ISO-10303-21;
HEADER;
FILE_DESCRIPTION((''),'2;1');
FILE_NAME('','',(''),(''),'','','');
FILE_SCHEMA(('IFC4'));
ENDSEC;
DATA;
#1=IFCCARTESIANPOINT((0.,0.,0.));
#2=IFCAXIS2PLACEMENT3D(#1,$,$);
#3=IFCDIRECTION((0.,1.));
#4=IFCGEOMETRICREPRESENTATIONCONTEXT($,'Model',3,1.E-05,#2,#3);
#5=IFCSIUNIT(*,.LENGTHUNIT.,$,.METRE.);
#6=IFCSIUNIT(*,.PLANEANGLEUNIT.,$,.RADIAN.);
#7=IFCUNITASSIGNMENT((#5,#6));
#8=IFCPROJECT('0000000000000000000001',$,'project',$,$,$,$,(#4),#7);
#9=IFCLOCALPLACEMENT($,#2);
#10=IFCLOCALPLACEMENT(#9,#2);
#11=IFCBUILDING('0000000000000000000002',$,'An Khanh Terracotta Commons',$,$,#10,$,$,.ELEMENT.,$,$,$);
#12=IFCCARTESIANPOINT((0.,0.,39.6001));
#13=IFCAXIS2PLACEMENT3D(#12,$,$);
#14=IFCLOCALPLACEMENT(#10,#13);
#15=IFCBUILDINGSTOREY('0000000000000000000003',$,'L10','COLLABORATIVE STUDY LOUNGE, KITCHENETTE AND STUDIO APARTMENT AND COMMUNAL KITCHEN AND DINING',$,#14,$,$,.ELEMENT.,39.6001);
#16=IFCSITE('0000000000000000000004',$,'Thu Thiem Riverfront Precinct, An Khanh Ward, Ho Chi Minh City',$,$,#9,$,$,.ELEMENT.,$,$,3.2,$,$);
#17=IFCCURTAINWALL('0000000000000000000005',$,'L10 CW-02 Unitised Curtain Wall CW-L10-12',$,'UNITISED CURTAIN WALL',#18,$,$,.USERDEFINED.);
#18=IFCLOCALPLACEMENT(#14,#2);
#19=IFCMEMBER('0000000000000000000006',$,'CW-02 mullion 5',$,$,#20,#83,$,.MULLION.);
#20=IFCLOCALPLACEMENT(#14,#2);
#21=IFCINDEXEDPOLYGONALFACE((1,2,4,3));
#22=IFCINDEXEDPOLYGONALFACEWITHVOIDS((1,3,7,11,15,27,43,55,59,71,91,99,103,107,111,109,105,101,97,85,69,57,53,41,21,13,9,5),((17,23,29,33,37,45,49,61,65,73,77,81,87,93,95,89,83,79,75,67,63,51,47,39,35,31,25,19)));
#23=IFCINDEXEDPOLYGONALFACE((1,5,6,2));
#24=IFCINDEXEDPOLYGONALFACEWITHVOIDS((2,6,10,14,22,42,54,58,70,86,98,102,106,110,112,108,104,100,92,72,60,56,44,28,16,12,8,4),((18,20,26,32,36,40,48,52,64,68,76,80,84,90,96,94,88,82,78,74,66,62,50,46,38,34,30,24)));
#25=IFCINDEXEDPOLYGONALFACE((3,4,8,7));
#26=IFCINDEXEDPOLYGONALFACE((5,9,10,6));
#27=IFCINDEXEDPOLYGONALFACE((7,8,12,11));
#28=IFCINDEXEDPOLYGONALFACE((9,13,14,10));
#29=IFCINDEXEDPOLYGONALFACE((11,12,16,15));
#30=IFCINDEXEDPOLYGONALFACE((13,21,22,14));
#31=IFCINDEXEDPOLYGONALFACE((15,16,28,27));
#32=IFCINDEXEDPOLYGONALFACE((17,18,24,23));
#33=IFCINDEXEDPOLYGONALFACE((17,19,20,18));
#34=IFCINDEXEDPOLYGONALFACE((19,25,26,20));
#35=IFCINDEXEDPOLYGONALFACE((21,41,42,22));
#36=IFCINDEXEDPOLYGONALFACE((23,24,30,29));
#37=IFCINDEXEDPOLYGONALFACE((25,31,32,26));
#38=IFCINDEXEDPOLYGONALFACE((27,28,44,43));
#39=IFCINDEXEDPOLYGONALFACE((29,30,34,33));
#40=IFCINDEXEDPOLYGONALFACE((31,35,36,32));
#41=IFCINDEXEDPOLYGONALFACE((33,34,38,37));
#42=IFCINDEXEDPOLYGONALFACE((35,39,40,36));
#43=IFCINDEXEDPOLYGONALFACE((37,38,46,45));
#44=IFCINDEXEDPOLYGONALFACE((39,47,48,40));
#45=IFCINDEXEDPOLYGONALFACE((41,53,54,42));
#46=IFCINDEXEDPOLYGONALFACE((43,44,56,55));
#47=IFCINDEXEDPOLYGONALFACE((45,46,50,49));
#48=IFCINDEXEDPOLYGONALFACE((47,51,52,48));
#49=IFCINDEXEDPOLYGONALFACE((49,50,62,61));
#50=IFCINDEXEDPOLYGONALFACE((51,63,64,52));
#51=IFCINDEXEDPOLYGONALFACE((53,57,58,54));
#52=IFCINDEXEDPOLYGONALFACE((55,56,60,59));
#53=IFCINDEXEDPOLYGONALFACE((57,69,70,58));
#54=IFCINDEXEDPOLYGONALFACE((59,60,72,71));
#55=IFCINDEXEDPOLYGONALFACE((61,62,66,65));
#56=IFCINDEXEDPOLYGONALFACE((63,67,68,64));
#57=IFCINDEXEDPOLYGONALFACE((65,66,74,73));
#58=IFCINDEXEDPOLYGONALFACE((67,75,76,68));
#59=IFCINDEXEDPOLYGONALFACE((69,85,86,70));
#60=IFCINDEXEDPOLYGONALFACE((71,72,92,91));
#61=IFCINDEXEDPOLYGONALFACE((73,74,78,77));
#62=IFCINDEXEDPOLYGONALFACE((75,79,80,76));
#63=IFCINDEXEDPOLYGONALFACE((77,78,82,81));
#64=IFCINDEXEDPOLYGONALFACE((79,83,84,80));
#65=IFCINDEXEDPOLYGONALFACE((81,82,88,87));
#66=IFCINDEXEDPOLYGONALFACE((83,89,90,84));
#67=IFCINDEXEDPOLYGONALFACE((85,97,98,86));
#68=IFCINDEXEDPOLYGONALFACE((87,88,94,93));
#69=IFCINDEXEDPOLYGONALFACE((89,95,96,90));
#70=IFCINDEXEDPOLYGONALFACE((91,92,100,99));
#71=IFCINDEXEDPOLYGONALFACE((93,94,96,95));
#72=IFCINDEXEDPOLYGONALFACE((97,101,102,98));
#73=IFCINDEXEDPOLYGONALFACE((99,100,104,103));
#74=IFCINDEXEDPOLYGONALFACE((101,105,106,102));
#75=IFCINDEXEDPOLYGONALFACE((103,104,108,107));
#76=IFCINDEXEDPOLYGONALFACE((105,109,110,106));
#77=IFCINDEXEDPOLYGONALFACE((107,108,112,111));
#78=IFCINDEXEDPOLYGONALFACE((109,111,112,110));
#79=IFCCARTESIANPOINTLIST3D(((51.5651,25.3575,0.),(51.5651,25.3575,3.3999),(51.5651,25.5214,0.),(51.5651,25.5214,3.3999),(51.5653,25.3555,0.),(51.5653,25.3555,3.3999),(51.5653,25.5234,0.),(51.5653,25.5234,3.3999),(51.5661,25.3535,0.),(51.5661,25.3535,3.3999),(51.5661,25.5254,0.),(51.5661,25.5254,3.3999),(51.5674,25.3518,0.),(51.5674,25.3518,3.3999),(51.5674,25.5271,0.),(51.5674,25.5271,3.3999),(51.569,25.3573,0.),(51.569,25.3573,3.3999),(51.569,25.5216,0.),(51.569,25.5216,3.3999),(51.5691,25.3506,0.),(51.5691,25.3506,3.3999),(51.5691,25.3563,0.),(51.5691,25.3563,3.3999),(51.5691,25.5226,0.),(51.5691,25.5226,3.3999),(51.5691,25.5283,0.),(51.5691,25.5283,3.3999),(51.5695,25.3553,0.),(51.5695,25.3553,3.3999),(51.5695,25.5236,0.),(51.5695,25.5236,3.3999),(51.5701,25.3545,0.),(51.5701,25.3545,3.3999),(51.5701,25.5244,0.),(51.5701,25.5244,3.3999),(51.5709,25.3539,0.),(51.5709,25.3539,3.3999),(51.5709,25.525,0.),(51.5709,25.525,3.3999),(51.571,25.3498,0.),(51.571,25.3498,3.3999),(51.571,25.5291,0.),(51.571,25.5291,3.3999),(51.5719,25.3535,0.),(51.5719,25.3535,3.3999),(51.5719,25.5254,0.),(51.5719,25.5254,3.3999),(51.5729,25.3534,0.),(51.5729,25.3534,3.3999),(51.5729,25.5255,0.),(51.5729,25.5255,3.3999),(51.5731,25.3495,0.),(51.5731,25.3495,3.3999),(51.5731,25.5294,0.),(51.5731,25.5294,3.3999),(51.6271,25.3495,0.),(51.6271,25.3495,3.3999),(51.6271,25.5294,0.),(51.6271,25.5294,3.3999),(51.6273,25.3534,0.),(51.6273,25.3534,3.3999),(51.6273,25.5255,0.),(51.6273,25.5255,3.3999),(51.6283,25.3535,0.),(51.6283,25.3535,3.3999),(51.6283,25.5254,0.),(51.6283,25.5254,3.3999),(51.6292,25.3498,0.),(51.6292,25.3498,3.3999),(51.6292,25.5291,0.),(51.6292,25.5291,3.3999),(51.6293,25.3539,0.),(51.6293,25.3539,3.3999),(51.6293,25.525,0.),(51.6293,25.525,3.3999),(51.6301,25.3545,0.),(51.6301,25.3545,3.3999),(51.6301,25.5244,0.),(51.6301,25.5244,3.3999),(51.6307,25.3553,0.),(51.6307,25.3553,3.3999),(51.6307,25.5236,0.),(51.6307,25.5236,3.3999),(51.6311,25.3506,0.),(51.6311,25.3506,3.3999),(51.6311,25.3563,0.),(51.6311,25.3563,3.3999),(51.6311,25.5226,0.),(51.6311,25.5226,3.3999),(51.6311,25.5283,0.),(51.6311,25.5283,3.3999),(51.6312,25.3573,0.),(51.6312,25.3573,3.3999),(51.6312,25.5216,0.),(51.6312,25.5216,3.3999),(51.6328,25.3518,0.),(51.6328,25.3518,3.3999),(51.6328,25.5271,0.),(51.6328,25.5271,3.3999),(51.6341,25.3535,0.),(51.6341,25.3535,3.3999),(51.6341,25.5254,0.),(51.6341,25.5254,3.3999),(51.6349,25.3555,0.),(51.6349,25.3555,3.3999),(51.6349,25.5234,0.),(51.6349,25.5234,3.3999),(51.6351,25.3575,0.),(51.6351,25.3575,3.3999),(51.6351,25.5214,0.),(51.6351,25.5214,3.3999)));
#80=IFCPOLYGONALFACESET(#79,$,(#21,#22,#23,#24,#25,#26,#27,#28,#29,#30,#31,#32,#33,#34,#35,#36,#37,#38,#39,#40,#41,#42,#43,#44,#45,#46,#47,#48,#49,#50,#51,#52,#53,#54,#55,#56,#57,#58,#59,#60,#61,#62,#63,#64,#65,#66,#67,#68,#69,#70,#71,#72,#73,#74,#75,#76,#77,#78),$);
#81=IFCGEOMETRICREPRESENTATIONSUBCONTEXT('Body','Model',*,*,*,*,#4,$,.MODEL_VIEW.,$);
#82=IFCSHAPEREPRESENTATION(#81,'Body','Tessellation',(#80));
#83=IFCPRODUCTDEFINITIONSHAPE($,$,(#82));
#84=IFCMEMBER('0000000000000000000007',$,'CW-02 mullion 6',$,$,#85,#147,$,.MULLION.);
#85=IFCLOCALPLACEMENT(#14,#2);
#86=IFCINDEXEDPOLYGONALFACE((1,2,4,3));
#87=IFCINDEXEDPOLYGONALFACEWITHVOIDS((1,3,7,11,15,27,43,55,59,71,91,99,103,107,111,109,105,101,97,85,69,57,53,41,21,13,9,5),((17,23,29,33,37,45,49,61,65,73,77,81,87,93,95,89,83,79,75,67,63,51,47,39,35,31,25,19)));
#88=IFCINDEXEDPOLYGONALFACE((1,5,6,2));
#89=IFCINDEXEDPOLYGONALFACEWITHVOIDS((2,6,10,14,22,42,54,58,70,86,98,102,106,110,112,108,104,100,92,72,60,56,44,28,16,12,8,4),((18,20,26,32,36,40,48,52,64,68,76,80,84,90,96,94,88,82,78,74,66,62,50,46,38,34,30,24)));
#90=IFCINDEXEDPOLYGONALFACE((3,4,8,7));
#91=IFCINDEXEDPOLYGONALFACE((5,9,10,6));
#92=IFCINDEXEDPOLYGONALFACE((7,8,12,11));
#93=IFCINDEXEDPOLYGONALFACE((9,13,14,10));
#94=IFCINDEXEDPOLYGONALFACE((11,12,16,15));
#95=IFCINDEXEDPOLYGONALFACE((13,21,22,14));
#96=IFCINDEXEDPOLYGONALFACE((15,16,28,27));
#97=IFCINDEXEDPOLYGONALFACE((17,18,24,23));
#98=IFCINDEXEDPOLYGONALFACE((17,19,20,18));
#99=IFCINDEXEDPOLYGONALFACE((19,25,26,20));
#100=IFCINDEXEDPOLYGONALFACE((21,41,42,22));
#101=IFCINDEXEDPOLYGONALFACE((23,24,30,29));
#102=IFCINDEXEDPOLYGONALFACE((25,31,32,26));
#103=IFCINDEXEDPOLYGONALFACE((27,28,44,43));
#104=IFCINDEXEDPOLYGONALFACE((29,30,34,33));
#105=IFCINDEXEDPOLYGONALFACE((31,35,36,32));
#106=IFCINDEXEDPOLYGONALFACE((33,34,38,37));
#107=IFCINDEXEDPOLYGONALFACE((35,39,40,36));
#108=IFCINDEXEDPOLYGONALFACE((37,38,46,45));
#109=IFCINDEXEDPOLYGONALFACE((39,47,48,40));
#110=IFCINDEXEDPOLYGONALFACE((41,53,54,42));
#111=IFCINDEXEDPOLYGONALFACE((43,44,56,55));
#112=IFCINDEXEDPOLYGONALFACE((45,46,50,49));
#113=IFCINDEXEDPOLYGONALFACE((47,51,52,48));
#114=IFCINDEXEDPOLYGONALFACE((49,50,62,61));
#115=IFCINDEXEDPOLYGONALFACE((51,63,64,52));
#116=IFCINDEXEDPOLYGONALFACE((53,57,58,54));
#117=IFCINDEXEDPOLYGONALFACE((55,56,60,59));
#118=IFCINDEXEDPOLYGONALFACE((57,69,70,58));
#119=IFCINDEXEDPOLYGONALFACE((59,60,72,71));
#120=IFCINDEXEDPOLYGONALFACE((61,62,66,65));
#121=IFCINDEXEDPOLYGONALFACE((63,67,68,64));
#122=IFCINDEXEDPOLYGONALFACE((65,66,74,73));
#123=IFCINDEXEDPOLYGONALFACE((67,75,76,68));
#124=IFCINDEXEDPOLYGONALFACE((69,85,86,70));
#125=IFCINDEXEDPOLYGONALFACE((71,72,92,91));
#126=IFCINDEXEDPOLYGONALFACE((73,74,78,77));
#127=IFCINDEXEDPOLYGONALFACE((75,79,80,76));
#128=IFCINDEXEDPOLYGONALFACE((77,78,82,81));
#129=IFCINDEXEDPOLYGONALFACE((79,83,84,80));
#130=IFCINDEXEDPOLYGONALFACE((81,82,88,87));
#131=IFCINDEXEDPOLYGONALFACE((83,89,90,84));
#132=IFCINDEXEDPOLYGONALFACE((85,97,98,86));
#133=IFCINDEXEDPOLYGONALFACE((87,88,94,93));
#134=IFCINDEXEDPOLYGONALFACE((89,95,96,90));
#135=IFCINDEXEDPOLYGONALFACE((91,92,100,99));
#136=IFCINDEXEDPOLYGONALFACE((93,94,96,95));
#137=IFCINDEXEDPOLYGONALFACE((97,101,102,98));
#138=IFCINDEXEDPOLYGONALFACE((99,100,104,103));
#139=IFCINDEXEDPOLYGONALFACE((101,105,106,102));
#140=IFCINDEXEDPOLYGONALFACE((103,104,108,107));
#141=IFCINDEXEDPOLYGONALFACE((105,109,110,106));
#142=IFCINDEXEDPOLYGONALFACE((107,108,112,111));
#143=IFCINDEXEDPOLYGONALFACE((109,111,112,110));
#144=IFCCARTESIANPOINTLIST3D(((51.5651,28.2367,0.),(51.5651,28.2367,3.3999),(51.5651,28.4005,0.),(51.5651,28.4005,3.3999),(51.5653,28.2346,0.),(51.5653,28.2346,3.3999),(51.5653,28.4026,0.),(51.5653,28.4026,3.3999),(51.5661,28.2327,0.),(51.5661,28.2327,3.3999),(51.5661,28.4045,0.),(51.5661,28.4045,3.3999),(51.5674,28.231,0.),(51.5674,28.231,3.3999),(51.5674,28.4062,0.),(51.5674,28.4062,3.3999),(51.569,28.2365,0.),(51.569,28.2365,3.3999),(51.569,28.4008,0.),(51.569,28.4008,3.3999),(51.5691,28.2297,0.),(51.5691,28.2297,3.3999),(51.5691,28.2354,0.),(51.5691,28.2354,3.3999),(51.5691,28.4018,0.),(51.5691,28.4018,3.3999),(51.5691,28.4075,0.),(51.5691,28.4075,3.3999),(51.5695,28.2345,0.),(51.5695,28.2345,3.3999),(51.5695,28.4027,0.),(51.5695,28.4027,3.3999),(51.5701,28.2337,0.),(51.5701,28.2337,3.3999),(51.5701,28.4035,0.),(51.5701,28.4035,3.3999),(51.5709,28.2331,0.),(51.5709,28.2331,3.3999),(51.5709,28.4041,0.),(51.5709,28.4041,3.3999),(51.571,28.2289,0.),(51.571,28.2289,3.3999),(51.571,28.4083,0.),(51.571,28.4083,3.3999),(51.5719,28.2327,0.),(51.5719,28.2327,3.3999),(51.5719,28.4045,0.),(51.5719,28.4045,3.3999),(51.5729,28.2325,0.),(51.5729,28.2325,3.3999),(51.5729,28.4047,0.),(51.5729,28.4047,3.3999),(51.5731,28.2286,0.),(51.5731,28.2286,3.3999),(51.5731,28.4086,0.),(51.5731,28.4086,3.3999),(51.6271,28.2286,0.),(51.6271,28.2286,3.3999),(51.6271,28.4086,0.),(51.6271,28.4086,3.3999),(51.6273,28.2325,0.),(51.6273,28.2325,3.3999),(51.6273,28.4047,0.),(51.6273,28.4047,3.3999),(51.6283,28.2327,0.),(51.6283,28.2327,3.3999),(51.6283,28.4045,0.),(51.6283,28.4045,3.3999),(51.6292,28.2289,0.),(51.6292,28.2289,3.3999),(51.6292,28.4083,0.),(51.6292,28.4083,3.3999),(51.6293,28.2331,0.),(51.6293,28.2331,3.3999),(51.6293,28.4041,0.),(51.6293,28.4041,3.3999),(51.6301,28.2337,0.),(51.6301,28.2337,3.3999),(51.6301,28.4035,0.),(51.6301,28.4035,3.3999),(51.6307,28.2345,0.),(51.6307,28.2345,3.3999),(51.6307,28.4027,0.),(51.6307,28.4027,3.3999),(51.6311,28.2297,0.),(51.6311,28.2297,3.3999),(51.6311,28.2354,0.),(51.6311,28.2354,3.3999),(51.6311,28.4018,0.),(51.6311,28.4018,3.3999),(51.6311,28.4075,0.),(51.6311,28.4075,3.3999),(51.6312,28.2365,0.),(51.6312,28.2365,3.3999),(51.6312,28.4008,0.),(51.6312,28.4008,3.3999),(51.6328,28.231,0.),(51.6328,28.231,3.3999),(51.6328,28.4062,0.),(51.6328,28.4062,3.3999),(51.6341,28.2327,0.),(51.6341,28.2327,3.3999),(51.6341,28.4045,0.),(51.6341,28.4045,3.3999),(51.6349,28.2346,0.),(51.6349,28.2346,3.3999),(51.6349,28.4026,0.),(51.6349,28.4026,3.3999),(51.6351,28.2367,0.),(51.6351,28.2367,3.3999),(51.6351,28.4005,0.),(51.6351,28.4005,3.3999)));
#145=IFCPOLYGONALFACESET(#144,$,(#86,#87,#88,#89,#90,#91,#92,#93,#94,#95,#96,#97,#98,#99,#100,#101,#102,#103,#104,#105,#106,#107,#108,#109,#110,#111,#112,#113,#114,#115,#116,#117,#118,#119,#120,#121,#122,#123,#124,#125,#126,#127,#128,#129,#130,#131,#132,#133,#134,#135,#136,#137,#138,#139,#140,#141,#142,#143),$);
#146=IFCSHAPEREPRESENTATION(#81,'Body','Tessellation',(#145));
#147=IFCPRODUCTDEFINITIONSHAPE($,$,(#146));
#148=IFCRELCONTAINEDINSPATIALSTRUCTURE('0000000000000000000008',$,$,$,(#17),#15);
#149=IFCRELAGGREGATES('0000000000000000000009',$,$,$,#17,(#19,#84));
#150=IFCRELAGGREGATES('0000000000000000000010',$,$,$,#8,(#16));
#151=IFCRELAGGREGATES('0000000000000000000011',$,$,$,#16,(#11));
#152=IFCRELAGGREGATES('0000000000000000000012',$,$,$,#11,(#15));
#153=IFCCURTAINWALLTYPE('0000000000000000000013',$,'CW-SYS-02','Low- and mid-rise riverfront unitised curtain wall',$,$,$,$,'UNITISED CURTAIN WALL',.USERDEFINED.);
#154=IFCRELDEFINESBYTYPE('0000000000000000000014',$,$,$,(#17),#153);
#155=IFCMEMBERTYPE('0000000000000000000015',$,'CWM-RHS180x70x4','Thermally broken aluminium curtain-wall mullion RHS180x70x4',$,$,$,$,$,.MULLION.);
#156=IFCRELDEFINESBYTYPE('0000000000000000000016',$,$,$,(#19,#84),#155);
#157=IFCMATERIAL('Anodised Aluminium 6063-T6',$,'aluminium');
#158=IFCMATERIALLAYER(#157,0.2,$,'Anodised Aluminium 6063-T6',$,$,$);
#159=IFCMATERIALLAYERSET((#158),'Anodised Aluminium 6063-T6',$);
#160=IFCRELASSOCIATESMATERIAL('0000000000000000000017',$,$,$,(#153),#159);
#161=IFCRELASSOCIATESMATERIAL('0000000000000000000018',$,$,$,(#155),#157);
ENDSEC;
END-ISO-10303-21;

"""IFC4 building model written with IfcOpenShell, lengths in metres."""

from ifc_helpers import new_model, si_unit, direction, frame, origin, origin_2d, place, context, subcontext, project, spatial, hollow_rectangle, extrude, material, layer, layer_set, material_profile, profile_set, type_object, element, aggregate, save


model = new_model("IFC4")

# Units and contexts
model_context = context("Model", 3, precision=1e-05, world=origin(), true_north=direction((0.0, 1.0)))
body_context = subcontext(model_context, "Body", "Model", "MODEL_VIEW")
ifc_project = project(units=[si_unit("LENGTHUNIT", "METRE"), si_unit("PLANEANGLEUNIT", "RADIAN")], contexts=[model_context])

# Site, building, storey
site_placement = place(None, origin())
site = spatial("IfcSite", under=ifc_project, at=site_placement, Name="Thu Thiem Riverfront Precinct, An Khanh Ward, Ho Chi Minh City", CompositionType="ELEMENT", RefElevation=3.2)
building_placement = place(site_placement, origin())
building = spatial("IfcBuilding", under=site, at=building_placement, Name="An Khanh Terracotta Commons", CompositionType="ELEMENT")
storey_placement = place(building_placement, frame((0.0, 0.0, 39.6001)))
storey = spatial("IfcBuildingStorey", under=building, at=storey_placement, Name="L10", Description="COLLABORATIVE STUDY LOUNGE, KITCHENETTE AND STUDIO APARTMENT AND COMMUNAL KITCHEN AND DINING", CompositionType="ELEMENT", Elevation=39.6001)

# Curtain wall, members
ifc_material_1 = material(Name="Anodised Aluminium 6063-T6", Category="aluminium")
ifc_layer_1 = layer(ifc_material_1, 0.2, Name="Anodised Aluminium 6063-T6")
ifc_layer_set_1 = layer_set([ifc_layer_1], Name="Anodised Aluminium 6063-T6")
curtain_wall_type = type_object("IfcCurtainWallType", Name="CW-SYS-02", Description="Low- and mid-rise riverfront unitised curtain wall", ElementType="UNITISED CURTAIN WALL", PredefinedType="USERDEFINED", material=ifc_layer_set_1)
curtain_wall_placement = place(storey_placement, origin())
curtain_wall = element("IfcCurtainWall", 1, at=curtain_wall_placement, inside=storey, type_object=curtain_wall_type, Name="L10 CW-02 Unitised Curtain Wall CW-L10-12", ObjectType="UNITISED CURTAIN WALL", PredefinedType="USERDEFINED")
ifc_material_profile_1 = material_profile(ifc_material_1, hollow_rectangle(XDim=0.0701, YDim=0.1799, WallThickness=0.0039, InnerFilletRadius=0.0039, OuterFilletRadius=0.0081, at=origin_2d()), Name="RHS180x70x4")
ifc_profile_set_1 = profile_set([ifc_material_profile_1], Name="Anodised Aluminium 6063-T6")
member_type_1 = type_object("IfcMemberType", Name="CWM-RHS180x70x4", Description="Thermally broken aluminium curtain-wall mullion RHS180x70x4", PredefinedType="MULLION", material=ifc_profile_set_1)
member_1_placement = place(storey_placement, frame((51.6001, 25.4395, 0.0), z_axis=(0.0, 0.0, 1.0), x_axis=(-1.0, 0.0, 0.0)))
member_1 = element("IfcMember", 2, at=member_1_placement, type_object=member_type_1, Name="CW-02 mullion 5", PredefinedType="MULLION", context=body_context, shape_type="SweptSolid", body=[
    extrude(hollow_rectangle(XDim=0.0701, YDim=0.1799, WallThickness=0.0039, InnerFilletRadius=0.0039, OuterFilletRadius=0.0081, at=origin_2d()), origin(), (0.0, 0.0, 1.0), 3.3999),
])
member_2_placement = place(storey_placement, frame((51.6001, 28.3186, 0.0), z_axis=(0.0, 0.0, 1.0), x_axis=(-1.0, 0.0, 0.0)))
member_2 = element("IfcMember", 3, at=member_2_placement, type_object=member_type_1, Name="CW-02 mullion 6", PredefinedType="MULLION", context=body_context, shape_type="SweptSolid", body=[
    extrude(hollow_rectangle(XDim=0.0701, YDim=0.1799, WallThickness=0.0039, InnerFilletRadius=0.0039, OuterFilletRadius=0.0081, at=origin_2d()), origin(), (0.0, 0.0, 1.0), 3.3999),
])
aggregate(curtain_wall, [member_1, member_2])

save(model, "model.ifc")
